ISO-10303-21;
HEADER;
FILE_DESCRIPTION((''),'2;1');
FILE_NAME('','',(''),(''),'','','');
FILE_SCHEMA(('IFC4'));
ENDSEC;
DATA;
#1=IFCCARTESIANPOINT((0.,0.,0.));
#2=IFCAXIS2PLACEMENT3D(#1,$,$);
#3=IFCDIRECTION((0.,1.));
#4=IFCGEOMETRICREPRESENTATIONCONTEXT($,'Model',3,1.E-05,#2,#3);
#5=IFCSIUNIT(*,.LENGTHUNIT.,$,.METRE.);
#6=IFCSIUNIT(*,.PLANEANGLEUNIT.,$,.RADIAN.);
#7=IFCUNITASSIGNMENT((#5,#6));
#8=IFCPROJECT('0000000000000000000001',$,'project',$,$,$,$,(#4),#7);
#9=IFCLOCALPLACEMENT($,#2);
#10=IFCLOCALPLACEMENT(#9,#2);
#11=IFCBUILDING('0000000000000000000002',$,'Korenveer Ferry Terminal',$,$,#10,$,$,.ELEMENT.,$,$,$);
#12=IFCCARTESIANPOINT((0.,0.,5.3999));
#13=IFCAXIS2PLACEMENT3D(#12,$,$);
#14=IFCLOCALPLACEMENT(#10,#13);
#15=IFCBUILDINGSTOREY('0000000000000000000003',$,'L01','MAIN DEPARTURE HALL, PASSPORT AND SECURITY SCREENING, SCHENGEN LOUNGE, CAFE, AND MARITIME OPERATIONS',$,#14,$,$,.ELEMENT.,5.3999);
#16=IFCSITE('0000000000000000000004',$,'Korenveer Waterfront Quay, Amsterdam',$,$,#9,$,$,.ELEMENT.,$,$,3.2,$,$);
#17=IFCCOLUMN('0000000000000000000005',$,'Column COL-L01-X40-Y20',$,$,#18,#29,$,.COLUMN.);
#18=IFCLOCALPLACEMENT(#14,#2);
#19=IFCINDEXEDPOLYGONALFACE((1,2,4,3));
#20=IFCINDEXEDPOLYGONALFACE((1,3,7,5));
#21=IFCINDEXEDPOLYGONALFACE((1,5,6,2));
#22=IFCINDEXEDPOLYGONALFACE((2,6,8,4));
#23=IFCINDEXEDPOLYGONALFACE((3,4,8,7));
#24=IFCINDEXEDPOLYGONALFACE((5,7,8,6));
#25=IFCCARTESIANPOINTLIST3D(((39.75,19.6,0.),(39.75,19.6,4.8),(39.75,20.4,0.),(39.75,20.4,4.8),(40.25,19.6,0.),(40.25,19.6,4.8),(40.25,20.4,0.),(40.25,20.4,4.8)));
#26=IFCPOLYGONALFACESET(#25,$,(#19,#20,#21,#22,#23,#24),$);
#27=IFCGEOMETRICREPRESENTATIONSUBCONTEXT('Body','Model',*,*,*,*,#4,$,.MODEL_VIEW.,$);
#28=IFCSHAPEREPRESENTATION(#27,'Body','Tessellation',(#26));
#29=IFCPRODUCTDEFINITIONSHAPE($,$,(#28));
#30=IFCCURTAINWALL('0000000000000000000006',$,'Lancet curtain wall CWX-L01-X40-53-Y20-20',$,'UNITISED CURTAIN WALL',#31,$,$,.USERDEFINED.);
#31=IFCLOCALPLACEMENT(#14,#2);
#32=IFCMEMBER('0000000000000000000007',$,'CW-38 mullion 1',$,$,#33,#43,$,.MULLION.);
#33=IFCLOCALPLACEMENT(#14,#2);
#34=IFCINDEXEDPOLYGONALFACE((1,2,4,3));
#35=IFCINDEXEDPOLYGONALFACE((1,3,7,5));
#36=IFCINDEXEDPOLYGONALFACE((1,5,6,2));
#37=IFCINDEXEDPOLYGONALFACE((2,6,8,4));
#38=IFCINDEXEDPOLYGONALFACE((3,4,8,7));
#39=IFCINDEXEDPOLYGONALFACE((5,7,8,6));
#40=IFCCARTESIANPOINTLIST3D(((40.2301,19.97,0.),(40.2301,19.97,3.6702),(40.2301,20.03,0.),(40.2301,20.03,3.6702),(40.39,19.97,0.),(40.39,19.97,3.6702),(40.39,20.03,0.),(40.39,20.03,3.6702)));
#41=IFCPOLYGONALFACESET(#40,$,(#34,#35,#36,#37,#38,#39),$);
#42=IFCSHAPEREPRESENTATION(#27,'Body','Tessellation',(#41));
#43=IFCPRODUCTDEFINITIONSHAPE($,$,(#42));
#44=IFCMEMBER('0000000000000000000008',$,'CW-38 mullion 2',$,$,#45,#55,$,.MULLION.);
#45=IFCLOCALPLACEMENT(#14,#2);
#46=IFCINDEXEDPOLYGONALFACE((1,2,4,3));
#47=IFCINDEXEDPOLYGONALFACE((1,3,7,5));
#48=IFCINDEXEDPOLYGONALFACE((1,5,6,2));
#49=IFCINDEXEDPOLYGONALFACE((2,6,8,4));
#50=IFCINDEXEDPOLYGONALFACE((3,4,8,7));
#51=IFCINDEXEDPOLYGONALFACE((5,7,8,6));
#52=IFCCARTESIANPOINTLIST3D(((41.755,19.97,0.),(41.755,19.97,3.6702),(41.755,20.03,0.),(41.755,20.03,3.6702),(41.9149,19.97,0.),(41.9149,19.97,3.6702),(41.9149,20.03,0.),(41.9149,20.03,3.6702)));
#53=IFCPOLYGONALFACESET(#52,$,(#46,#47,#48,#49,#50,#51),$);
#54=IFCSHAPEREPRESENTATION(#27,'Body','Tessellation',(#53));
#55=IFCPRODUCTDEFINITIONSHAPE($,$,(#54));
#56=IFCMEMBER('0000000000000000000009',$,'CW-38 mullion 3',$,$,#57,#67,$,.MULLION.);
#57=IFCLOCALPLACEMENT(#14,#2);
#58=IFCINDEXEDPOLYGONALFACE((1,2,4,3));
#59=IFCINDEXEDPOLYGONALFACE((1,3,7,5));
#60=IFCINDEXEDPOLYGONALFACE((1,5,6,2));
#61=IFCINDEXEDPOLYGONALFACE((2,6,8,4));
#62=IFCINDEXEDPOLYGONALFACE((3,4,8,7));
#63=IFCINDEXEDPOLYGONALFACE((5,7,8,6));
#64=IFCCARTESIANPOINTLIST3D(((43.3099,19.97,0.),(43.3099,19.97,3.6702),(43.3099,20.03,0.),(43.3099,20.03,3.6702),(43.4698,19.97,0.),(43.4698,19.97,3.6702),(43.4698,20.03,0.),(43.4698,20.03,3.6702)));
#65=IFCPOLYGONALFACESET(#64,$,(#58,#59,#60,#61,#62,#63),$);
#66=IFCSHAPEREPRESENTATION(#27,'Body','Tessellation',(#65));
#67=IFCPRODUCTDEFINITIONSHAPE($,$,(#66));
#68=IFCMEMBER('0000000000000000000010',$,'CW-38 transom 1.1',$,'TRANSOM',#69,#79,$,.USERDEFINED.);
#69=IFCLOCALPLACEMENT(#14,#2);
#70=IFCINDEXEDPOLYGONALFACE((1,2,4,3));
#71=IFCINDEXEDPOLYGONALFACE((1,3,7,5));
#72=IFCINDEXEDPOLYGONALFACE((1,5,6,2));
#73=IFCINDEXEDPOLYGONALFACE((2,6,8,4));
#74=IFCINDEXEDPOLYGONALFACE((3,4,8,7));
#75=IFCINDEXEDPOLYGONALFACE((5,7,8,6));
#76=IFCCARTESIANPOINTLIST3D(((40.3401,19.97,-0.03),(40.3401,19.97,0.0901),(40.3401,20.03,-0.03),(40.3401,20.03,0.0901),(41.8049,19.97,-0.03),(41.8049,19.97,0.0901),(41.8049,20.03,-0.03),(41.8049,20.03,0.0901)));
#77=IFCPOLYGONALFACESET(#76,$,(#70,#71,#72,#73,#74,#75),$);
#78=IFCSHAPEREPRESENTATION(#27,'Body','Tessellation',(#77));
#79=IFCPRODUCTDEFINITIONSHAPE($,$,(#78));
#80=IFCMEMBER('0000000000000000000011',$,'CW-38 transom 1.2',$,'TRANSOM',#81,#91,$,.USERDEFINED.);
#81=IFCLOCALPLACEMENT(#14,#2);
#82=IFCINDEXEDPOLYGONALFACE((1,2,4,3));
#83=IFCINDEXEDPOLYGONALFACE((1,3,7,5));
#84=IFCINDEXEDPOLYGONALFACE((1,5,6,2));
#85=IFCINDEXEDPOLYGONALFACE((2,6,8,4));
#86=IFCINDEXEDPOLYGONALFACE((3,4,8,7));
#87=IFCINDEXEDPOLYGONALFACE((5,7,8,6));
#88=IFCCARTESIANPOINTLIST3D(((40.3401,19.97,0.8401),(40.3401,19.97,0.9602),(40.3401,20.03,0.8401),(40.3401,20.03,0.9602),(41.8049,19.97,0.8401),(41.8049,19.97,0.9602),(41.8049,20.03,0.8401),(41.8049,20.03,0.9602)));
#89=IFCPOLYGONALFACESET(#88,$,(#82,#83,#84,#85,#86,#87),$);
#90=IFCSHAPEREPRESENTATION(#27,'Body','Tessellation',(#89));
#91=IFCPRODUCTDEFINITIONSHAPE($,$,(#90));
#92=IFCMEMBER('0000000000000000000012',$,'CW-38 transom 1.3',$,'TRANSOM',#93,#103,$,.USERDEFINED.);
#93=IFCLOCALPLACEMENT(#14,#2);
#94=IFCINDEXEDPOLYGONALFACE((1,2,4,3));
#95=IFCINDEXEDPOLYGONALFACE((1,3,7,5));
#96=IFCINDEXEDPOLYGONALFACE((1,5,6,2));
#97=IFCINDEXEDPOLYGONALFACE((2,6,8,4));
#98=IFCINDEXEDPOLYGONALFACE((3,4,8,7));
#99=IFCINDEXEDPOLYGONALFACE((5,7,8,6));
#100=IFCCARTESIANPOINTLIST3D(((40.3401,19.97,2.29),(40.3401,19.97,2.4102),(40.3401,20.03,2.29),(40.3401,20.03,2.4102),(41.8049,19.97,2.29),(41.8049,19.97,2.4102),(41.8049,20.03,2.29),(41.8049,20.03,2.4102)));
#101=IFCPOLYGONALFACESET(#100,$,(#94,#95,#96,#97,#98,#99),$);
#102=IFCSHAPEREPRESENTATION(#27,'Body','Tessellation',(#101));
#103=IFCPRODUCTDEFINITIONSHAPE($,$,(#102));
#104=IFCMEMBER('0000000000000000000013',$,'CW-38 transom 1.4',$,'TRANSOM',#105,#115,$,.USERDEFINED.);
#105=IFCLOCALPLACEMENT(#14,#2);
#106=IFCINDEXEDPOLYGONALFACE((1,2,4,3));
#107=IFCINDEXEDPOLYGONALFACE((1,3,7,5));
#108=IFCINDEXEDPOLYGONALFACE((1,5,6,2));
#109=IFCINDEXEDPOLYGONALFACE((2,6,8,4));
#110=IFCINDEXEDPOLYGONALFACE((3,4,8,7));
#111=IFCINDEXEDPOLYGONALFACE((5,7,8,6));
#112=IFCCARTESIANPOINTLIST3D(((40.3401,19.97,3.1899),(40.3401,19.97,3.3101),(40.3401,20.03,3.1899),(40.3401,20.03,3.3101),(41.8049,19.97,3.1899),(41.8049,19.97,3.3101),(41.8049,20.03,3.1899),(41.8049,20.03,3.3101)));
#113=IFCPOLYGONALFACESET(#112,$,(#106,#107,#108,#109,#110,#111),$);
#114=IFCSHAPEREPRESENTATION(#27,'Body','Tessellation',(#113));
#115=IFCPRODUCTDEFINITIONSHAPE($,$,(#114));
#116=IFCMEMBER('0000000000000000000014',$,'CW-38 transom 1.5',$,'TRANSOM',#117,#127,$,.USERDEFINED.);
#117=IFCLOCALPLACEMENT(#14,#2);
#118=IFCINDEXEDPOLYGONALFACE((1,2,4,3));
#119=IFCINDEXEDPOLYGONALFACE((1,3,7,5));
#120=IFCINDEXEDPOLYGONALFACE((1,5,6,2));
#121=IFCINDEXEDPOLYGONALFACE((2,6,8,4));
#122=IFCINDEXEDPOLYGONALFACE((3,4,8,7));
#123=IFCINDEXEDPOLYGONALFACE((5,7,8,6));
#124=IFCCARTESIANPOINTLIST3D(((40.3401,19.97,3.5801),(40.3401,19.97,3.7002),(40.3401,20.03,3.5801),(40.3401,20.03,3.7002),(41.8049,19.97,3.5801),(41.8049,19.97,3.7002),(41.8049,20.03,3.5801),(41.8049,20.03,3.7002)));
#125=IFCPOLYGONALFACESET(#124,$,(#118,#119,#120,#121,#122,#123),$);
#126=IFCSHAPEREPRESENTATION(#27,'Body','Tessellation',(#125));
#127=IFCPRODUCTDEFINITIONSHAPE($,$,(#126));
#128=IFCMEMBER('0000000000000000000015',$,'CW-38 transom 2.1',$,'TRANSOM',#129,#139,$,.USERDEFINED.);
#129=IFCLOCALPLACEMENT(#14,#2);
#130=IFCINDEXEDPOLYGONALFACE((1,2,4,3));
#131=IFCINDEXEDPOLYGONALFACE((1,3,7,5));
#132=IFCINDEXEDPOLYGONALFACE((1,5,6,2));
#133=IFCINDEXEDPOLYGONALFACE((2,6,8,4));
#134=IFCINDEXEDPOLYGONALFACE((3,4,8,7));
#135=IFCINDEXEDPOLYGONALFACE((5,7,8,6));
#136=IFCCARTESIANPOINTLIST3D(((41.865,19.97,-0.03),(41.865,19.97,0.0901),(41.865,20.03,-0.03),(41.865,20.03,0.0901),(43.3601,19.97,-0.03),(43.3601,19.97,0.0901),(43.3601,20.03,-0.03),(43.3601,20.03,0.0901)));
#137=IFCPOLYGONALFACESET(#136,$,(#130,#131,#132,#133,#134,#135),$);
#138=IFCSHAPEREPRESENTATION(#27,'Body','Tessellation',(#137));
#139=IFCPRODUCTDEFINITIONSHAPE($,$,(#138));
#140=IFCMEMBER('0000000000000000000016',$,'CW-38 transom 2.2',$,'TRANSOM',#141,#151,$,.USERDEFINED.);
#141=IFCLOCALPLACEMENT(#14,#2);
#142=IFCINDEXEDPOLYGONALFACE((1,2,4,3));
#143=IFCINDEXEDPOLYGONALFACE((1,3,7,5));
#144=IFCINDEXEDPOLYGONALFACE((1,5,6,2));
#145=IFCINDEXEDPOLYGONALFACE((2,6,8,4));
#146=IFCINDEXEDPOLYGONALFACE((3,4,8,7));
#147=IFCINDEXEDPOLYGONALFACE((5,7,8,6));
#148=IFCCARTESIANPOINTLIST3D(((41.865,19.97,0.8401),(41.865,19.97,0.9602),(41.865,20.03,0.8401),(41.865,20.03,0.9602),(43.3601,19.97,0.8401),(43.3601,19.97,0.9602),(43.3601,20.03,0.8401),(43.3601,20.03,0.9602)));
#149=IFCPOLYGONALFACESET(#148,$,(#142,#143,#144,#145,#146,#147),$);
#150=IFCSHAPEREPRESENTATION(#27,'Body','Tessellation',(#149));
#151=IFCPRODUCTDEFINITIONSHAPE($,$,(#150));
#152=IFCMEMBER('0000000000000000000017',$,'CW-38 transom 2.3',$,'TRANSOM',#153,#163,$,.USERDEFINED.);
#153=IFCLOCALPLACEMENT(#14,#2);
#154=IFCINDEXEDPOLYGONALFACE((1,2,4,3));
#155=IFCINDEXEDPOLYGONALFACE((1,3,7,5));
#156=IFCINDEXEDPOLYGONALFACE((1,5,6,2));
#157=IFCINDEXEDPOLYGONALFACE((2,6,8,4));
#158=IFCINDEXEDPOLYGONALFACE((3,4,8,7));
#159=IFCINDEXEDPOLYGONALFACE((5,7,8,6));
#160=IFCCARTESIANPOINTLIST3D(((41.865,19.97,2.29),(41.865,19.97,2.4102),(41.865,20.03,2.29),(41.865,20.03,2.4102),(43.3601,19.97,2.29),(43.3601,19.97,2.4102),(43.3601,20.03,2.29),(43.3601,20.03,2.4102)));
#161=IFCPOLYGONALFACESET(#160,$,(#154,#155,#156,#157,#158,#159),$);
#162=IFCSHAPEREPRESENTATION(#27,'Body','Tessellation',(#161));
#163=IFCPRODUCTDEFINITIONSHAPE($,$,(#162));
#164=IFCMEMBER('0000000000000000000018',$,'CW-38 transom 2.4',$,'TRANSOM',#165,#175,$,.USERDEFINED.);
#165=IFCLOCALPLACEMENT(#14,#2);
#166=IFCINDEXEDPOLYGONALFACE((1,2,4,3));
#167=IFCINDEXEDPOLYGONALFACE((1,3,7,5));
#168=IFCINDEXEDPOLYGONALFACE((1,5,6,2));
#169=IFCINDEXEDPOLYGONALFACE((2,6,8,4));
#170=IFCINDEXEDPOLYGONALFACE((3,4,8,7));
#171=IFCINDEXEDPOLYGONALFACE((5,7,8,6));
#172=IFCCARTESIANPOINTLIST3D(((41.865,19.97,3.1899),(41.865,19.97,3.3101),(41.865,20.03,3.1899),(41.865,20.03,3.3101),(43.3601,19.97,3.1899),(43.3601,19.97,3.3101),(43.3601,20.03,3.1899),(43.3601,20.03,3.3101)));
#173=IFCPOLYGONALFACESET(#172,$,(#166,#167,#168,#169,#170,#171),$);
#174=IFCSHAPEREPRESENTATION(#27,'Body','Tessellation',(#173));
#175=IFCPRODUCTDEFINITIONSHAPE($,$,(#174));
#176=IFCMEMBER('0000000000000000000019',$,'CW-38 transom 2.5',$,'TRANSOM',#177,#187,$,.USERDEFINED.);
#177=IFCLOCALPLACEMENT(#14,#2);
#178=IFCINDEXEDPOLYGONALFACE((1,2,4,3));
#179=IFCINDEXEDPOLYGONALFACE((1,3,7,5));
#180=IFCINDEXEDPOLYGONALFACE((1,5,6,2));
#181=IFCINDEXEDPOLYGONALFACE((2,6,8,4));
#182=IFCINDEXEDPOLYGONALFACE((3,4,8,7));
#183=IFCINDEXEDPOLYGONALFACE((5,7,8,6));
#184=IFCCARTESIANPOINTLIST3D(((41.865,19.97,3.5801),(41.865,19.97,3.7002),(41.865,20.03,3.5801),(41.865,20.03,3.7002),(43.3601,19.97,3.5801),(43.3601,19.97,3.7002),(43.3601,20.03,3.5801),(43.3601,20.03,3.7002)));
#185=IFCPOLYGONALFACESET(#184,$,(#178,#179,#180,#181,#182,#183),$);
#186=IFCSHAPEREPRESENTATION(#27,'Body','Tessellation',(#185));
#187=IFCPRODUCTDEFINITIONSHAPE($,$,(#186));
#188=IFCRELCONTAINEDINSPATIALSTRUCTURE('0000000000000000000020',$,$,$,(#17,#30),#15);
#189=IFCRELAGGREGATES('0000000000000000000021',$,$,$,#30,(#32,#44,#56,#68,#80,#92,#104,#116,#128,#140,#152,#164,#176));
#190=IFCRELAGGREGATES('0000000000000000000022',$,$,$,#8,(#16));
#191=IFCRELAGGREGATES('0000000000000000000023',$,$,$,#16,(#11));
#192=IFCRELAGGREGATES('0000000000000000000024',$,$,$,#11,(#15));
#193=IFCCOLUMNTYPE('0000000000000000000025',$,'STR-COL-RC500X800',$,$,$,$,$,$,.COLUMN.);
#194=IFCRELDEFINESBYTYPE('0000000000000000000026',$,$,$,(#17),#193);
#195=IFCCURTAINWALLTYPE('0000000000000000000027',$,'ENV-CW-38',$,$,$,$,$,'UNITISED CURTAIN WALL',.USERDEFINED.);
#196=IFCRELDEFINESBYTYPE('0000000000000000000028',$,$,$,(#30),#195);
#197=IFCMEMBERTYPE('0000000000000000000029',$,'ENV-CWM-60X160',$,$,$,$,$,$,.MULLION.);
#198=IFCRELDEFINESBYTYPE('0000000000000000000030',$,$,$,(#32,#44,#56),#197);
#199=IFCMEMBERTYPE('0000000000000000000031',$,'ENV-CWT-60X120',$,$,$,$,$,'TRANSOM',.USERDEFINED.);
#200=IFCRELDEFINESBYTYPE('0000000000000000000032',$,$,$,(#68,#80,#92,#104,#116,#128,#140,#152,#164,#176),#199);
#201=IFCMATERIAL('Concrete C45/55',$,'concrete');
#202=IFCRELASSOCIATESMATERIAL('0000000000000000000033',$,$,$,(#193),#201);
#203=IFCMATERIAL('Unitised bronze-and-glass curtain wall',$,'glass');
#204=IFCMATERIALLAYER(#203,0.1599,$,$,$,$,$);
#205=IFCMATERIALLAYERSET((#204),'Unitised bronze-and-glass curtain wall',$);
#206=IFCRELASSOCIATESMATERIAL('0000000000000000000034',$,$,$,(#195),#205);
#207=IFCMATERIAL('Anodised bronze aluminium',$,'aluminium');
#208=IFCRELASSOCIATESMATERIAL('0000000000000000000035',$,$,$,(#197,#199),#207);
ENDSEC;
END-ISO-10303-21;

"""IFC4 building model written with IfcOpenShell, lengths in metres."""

from ifc_helpers import new_model, si_unit, direction, frame, origin, origin_2d, place, context, subcontext, project, spatial, rectangle, extrude, material, layer, layer_set, material_profile, profile_set, type_object, element, aggregate, save


model = new_model("IFC4")

# Units and contexts
model_context = context("Model", 3, precision=1e-05, world=origin(), true_north=direction((0.0, 1.0)))
body_context = subcontext(model_context, "Body", "Model", "MODEL_VIEW")
ifc_project = project(units=[si_unit("LENGTHUNIT", "METRE"), si_unit("PLANEANGLEUNIT", "RADIAN")], contexts=[model_context])

# Site, building, storey
site_placement = place(None, origin())
site = spatial("IfcSite", under=ifc_project, at=site_placement, Name="Korenveer Waterfront Quay, Amsterdam", CompositionType="ELEMENT", RefElevation=3.2)
building_placement = place(site_placement, origin())
building = spatial("IfcBuilding", under=site, at=building_placement, Name="Korenveer Ferry Terminal", CompositionType="ELEMENT")
storey_placement = place(building_placement, frame((0.0, 0.0, 5.3999)))
storey = spatial("IfcBuildingStorey", under=building, at=storey_placement, Name="L01", Description="MAIN DEPARTURE HALL, PASSPORT AND SECURITY SCREENING, SCHENGEN LOUNGE, CAFE, AND MARITIME OPERATIONS", CompositionType="ELEMENT", Elevation=5.3999)

# Column
ifc_material_1 = material(Name="Concrete C45/55", Category="concrete")
ifc_material_profile_1 = material_profile(ifc_material_1, rectangle(XDim=0.5, YDim=0.8, at=origin_2d()), Name="RC 500x800")
ifc_profile_set_1 = profile_set([ifc_material_profile_1], Name="Concrete C45/55")
column_type = type_object("IfcColumnType", Name="STR-COL-RC500X800", PredefinedType="COLUMN", material=ifc_profile_set_1)
column_placement = place(storey_placement, frame((40.0, 20.0, 0.0), z_axis=(0.0, 0.0, 1.0), x_axis=(1.0, 0.0, 0.0)))
element("IfcColumn", 1, at=column_placement, inside=storey, type_object=column_type, Name="Column COL-L01-X40-Y20", PredefinedType="COLUMN", context=body_context, shape_type="SweptSolid", body=[
    extrude(rectangle(XDim=0.5, YDim=0.8, at=origin_2d()), origin(), (0.0, 0.0, 1.0), 4.8),
])

# Curtain wall, members
ifc_material_2 = material(Name="Unitised bronze-and-glass curtain wall", Category="glass")
ifc_layer_1 = layer(ifc_material_2, 0.1599)
ifc_layer_set_1 = layer_set([ifc_layer_1], Name="Unitised bronze-and-glass curtain wall")
curtain_wall_type = type_object("IfcCurtainWallType", Name="ENV-CW-38", ElementType="UNITISED CURTAIN WALL", PredefinedType="USERDEFINED", material=ifc_layer_set_1)
curtain_wall_placement = place(storey_placement, frame((40.28, 20.0, 0.0)))
curtain_wall = element("IfcCurtainWall", 2, at=curtain_wall_placement, inside=storey, type_object=curtain_wall_type, Name="Lancet curtain wall CWX-L01-X40-53-Y20-20", ObjectType="UNITISED CURTAIN WALL", PredefinedType="USERDEFINED")
ifc_material_3 = material(Name="Anodised bronze aluminium", Category="aluminium")
ifc_material_profile_2 = material_profile(ifc_material_3, rectangle(XDim=0.0601, YDim=0.1599, at=origin_2d()), Name="ALU 60x160")
ifc_profile_set_2 = profile_set([ifc_material_profile_2], Name="Anodised bronze aluminium")
member_type_1 = type_object("IfcMemberType", Name="ENV-CWM-60X160", PredefinedType="MULLION", material=ifc_profile_set_2)
member_1_placement = place(storey_placement, frame((40.3101, 20.0, 0.0), z_axis=(0.0, 0.0, 1.0), x_axis=(0.0, 1.0, 0.0)))
member_1 = element("IfcMember", 3, at=member_1_placement, type_object=member_type_1, Name="CW-38 mullion 1", PredefinedType="MULLION", context=body_context, shape_type="SweptSolid", body=[
    extrude(rectangle(XDim=0.0601, YDim=0.1599, at=origin_2d()), origin(), (0.0, 0.0, 1.0), 3.6702),
])
member_2_placement = place(storey_placement, frame((41.835, 20.0, 0.0), z_axis=(0.0, 0.0, 1.0), x_axis=(0.0, 1.0, 0.0)))
member_2 = element("IfcMember", 4, at=member_2_placement, type_object=member_type_1, Name="CW-38 mullion 2", PredefinedType="MULLION", context=body_context, shape_type="SweptSolid", body=[
    extrude(rectangle(XDim=0.0601, YDim=0.1599, at=origin_2d()), origin(), (0.0, 0.0, 1.0), 3.6702),
])
member_3_placement = place(storey_placement, frame((43.3899, 20.0, 0.0), z_axis=(0.0, 0.0, 1.0), x_axis=(0.0, 1.0, 0.0)))
member_3 = element("IfcMember", 5, at=member_3_placement, type_object=member_type_1, Name="CW-38 mullion 3", PredefinedType="MULLION", context=body_context, shape_type="SweptSolid", body=[
    extrude(rectangle(XDim=0.0601, YDim=0.1599, at=origin_2d()), origin(), (0.0, 0.0, 1.0), 3.6702),
])
ifc_material_profile_3 = material_profile(ifc_material_3, rectangle(XDim=0.0601, YDim=0.1201, at=origin_2d()), Name="ALU 60x120")
ifc_profile_set_3 = profile_set([ifc_material_profile_3], Name="Anodised bronze aluminium")
member_type_2 = type_object("IfcMemberType", Name="ENV-CWT-60X120", ElementType="TRANSOM", PredefinedType="USERDEFINED", material=ifc_profile_set_3)
member_4_placement = place(storey_placement, frame((40.3401, 20.0, 0.03), z_axis=(1.0, 0.0, 0.0), x_axis=(0.0, 1.0, 0.0)))
member_4 = element("IfcMember", 6, at=member_4_placement, type_object=member_type_2, Name="CW-38 transom 1.1", ObjectType="TRANSOM", PredefinedType="USERDEFINED", context=body_context, shape_type="SweptSolid", body=[
    extrude(rectangle(XDim=0.0601, YDim=0.1201, at=origin_2d()), origin(), (0.0, 0.0, 1.0), 1.4648),
])
member_5_placement = place(storey_placement, frame((40.3401, 20.0, 0.9001), z_axis=(1.0, 0.0, 0.0), x_axis=(0.0, 1.0, 0.0)))
member_5 = element("IfcMember", 7, at=member_5_placement, type_object=member_type_2, Name="CW-38 transom 1.2", ObjectType="TRANSOM", PredefinedType="USERDEFINED", context=body_context, shape_type="SweptSolid", body=[
    extrude(rectangle(XDim=0.0601, YDim=0.1201, at=origin_2d()), origin(), (0.0, 0.0, 1.0), 1.4648),
])
member_6_placement = place(storey_placement, frame((40.3401, 20.0, 2.3501), z_axis=(1.0, 0.0, 0.0), x_axis=(0.0, 1.0, 0.0)))
member_6 = element("IfcMember", 8, at=member_6_placement, type_object=member_type_2, Name="CW-38 transom 1.3", ObjectType="TRANSOM", PredefinedType="USERDEFINED", context=body_context, shape_type="SweptSolid", body=[
    extrude(rectangle(XDim=0.0601, YDim=0.1201, at=origin_2d()), origin(), (0.0, 0.0, 1.0), 1.4648),
])
member_7_placement = place(storey_placement, frame((40.3401, 20.0, 3.25), z_axis=(1.0, 0.0, 0.0), x_axis=(0.0, 1.0, 0.0)))
member_7 = element("IfcMember", 9, at=member_7_placement, type_object=member_type_2, Name="CW-38 transom 1.4", ObjectType="TRANSOM", PredefinedType="USERDEFINED", context=body_context, shape_type="SweptSolid", body=[
    extrude(rectangle(XDim=0.0601, YDim=0.1201, at=origin_2d()), origin(), (0.0, 0.0, 1.0), 1.4648),
])
member_8_placement = place(storey_placement, frame((40.3401, 20.0, 3.6401), z_axis=(1.0, 0.0, 0.0), x_axis=(0.0, 1.0, 0.0)))
member_8 = element("IfcMember", 10, at=member_8_placement, type_object=member_type_2, Name="CW-38 transom 1.5", ObjectType="TRANSOM", PredefinedType="USERDEFINED", context=body_context, shape_type="SweptSolid", body=[
    extrude(rectangle(XDim=0.0601, YDim=0.1201, at=origin_2d()), origin(), (0.0, 0.0, 1.0), 1.4648),
])
member_9_placement = place(storey_placement, frame((41.865, 20.0, 0.03), z_axis=(1.0, 0.0, 0.0), x_axis=(0.0, 1.0, 0.0)))
member_9 = element("IfcMember", 11, at=member_9_placement, type_object=member_type_2, Name="CW-38 transom 2.1", ObjectType="TRANSOM", PredefinedType="USERDEFINED", context=body_context, shape_type="SweptSolid", body=[
    extrude(rectangle(XDim=0.0601, YDim=0.1201, at=origin_2d()), origin(), (0.0, 0.0, 1.0), 1.4951),
])
member_10_placement = place(storey_placement, frame((41.865, 20.0, 0.9001), z_axis=(1.0, 0.0, 0.0), x_axis=(0.0, 1.0, 0.0)))
member_10 = element("IfcMember", 12, at=member_10_placement, type_object=member_type_2, Name="CW-38 transom 2.2", ObjectType="TRANSOM", PredefinedType="USERDEFINED", context=body_context, shape_type="SweptSolid", body=[
    extrude(rectangle(XDim=0.0601, YDim=0.1201, at=origin_2d()), origin(), (0.0, 0.0, 1.0), 1.4951),
])
member_11_placement = place(storey_placement, frame((41.865, 20.0, 2.3501), z_axis=(1.0, 0.0, 0.0), x_axis=(0.0, 1.0, 0.0)))
member_11 = element("IfcMember", 13, at=member_11_placement, type_object=member_type_2, Name="CW-38 transom 2.3", ObjectType="TRANSOM", PredefinedType="USERDEFINED", context=body_context, shape_type="SweptSolid", body=[
    extrude(rectangle(XDim=0.0601, YDim=0.1201, at=origin_2d()), origin(), (0.0, 0.0, 1.0), 1.4951),
])
member_12_placement = place(storey_placement, frame((41.865, 20.0, 3.25), z_axis=(1.0, 0.0, 0.0), x_axis=(0.0, 1.0, 0.0)))
member_12 = element("IfcMember", 14, at=member_12_placement, type_object=member_type_2, Name="CW-38 transom 2.4", ObjectType="TRANSOM", PredefinedType="USERDEFINED", context=body_context, shape_type="SweptSolid", body=[
    extrude(rectangle(XDim=0.0601, YDim=0.1201, at=origin_2d()), origin(), (0.0, 0.0, 1.0), 1.4951),
])
member_13_placement = place(storey_placement, frame((41.865, 20.0, 3.6401), z_axis=(1.0, 0.0, 0.0), x_axis=(0.0, 1.0, 0.0)))
member_13 = element("IfcMember", 15, at=member_13_placement, type_object=member_type_2, Name="CW-38 transom 2.5", ObjectType="TRANSOM", PredefinedType="USERDEFINED", context=body_context, shape_type="SweptSolid", body=[
    extrude(rectangle(XDim=0.0601, YDim=0.1201, at=origin_2d()), origin(), (0.0, 0.0, 1.0), 1.4951),
])

aggregate(curtain_wall, [member_1, member_2, member_3, member_4, member_5, member_6, member_7, member_8, member_9, member_10, member_11, member_12, member_13])

save(model, "model.ifc")
